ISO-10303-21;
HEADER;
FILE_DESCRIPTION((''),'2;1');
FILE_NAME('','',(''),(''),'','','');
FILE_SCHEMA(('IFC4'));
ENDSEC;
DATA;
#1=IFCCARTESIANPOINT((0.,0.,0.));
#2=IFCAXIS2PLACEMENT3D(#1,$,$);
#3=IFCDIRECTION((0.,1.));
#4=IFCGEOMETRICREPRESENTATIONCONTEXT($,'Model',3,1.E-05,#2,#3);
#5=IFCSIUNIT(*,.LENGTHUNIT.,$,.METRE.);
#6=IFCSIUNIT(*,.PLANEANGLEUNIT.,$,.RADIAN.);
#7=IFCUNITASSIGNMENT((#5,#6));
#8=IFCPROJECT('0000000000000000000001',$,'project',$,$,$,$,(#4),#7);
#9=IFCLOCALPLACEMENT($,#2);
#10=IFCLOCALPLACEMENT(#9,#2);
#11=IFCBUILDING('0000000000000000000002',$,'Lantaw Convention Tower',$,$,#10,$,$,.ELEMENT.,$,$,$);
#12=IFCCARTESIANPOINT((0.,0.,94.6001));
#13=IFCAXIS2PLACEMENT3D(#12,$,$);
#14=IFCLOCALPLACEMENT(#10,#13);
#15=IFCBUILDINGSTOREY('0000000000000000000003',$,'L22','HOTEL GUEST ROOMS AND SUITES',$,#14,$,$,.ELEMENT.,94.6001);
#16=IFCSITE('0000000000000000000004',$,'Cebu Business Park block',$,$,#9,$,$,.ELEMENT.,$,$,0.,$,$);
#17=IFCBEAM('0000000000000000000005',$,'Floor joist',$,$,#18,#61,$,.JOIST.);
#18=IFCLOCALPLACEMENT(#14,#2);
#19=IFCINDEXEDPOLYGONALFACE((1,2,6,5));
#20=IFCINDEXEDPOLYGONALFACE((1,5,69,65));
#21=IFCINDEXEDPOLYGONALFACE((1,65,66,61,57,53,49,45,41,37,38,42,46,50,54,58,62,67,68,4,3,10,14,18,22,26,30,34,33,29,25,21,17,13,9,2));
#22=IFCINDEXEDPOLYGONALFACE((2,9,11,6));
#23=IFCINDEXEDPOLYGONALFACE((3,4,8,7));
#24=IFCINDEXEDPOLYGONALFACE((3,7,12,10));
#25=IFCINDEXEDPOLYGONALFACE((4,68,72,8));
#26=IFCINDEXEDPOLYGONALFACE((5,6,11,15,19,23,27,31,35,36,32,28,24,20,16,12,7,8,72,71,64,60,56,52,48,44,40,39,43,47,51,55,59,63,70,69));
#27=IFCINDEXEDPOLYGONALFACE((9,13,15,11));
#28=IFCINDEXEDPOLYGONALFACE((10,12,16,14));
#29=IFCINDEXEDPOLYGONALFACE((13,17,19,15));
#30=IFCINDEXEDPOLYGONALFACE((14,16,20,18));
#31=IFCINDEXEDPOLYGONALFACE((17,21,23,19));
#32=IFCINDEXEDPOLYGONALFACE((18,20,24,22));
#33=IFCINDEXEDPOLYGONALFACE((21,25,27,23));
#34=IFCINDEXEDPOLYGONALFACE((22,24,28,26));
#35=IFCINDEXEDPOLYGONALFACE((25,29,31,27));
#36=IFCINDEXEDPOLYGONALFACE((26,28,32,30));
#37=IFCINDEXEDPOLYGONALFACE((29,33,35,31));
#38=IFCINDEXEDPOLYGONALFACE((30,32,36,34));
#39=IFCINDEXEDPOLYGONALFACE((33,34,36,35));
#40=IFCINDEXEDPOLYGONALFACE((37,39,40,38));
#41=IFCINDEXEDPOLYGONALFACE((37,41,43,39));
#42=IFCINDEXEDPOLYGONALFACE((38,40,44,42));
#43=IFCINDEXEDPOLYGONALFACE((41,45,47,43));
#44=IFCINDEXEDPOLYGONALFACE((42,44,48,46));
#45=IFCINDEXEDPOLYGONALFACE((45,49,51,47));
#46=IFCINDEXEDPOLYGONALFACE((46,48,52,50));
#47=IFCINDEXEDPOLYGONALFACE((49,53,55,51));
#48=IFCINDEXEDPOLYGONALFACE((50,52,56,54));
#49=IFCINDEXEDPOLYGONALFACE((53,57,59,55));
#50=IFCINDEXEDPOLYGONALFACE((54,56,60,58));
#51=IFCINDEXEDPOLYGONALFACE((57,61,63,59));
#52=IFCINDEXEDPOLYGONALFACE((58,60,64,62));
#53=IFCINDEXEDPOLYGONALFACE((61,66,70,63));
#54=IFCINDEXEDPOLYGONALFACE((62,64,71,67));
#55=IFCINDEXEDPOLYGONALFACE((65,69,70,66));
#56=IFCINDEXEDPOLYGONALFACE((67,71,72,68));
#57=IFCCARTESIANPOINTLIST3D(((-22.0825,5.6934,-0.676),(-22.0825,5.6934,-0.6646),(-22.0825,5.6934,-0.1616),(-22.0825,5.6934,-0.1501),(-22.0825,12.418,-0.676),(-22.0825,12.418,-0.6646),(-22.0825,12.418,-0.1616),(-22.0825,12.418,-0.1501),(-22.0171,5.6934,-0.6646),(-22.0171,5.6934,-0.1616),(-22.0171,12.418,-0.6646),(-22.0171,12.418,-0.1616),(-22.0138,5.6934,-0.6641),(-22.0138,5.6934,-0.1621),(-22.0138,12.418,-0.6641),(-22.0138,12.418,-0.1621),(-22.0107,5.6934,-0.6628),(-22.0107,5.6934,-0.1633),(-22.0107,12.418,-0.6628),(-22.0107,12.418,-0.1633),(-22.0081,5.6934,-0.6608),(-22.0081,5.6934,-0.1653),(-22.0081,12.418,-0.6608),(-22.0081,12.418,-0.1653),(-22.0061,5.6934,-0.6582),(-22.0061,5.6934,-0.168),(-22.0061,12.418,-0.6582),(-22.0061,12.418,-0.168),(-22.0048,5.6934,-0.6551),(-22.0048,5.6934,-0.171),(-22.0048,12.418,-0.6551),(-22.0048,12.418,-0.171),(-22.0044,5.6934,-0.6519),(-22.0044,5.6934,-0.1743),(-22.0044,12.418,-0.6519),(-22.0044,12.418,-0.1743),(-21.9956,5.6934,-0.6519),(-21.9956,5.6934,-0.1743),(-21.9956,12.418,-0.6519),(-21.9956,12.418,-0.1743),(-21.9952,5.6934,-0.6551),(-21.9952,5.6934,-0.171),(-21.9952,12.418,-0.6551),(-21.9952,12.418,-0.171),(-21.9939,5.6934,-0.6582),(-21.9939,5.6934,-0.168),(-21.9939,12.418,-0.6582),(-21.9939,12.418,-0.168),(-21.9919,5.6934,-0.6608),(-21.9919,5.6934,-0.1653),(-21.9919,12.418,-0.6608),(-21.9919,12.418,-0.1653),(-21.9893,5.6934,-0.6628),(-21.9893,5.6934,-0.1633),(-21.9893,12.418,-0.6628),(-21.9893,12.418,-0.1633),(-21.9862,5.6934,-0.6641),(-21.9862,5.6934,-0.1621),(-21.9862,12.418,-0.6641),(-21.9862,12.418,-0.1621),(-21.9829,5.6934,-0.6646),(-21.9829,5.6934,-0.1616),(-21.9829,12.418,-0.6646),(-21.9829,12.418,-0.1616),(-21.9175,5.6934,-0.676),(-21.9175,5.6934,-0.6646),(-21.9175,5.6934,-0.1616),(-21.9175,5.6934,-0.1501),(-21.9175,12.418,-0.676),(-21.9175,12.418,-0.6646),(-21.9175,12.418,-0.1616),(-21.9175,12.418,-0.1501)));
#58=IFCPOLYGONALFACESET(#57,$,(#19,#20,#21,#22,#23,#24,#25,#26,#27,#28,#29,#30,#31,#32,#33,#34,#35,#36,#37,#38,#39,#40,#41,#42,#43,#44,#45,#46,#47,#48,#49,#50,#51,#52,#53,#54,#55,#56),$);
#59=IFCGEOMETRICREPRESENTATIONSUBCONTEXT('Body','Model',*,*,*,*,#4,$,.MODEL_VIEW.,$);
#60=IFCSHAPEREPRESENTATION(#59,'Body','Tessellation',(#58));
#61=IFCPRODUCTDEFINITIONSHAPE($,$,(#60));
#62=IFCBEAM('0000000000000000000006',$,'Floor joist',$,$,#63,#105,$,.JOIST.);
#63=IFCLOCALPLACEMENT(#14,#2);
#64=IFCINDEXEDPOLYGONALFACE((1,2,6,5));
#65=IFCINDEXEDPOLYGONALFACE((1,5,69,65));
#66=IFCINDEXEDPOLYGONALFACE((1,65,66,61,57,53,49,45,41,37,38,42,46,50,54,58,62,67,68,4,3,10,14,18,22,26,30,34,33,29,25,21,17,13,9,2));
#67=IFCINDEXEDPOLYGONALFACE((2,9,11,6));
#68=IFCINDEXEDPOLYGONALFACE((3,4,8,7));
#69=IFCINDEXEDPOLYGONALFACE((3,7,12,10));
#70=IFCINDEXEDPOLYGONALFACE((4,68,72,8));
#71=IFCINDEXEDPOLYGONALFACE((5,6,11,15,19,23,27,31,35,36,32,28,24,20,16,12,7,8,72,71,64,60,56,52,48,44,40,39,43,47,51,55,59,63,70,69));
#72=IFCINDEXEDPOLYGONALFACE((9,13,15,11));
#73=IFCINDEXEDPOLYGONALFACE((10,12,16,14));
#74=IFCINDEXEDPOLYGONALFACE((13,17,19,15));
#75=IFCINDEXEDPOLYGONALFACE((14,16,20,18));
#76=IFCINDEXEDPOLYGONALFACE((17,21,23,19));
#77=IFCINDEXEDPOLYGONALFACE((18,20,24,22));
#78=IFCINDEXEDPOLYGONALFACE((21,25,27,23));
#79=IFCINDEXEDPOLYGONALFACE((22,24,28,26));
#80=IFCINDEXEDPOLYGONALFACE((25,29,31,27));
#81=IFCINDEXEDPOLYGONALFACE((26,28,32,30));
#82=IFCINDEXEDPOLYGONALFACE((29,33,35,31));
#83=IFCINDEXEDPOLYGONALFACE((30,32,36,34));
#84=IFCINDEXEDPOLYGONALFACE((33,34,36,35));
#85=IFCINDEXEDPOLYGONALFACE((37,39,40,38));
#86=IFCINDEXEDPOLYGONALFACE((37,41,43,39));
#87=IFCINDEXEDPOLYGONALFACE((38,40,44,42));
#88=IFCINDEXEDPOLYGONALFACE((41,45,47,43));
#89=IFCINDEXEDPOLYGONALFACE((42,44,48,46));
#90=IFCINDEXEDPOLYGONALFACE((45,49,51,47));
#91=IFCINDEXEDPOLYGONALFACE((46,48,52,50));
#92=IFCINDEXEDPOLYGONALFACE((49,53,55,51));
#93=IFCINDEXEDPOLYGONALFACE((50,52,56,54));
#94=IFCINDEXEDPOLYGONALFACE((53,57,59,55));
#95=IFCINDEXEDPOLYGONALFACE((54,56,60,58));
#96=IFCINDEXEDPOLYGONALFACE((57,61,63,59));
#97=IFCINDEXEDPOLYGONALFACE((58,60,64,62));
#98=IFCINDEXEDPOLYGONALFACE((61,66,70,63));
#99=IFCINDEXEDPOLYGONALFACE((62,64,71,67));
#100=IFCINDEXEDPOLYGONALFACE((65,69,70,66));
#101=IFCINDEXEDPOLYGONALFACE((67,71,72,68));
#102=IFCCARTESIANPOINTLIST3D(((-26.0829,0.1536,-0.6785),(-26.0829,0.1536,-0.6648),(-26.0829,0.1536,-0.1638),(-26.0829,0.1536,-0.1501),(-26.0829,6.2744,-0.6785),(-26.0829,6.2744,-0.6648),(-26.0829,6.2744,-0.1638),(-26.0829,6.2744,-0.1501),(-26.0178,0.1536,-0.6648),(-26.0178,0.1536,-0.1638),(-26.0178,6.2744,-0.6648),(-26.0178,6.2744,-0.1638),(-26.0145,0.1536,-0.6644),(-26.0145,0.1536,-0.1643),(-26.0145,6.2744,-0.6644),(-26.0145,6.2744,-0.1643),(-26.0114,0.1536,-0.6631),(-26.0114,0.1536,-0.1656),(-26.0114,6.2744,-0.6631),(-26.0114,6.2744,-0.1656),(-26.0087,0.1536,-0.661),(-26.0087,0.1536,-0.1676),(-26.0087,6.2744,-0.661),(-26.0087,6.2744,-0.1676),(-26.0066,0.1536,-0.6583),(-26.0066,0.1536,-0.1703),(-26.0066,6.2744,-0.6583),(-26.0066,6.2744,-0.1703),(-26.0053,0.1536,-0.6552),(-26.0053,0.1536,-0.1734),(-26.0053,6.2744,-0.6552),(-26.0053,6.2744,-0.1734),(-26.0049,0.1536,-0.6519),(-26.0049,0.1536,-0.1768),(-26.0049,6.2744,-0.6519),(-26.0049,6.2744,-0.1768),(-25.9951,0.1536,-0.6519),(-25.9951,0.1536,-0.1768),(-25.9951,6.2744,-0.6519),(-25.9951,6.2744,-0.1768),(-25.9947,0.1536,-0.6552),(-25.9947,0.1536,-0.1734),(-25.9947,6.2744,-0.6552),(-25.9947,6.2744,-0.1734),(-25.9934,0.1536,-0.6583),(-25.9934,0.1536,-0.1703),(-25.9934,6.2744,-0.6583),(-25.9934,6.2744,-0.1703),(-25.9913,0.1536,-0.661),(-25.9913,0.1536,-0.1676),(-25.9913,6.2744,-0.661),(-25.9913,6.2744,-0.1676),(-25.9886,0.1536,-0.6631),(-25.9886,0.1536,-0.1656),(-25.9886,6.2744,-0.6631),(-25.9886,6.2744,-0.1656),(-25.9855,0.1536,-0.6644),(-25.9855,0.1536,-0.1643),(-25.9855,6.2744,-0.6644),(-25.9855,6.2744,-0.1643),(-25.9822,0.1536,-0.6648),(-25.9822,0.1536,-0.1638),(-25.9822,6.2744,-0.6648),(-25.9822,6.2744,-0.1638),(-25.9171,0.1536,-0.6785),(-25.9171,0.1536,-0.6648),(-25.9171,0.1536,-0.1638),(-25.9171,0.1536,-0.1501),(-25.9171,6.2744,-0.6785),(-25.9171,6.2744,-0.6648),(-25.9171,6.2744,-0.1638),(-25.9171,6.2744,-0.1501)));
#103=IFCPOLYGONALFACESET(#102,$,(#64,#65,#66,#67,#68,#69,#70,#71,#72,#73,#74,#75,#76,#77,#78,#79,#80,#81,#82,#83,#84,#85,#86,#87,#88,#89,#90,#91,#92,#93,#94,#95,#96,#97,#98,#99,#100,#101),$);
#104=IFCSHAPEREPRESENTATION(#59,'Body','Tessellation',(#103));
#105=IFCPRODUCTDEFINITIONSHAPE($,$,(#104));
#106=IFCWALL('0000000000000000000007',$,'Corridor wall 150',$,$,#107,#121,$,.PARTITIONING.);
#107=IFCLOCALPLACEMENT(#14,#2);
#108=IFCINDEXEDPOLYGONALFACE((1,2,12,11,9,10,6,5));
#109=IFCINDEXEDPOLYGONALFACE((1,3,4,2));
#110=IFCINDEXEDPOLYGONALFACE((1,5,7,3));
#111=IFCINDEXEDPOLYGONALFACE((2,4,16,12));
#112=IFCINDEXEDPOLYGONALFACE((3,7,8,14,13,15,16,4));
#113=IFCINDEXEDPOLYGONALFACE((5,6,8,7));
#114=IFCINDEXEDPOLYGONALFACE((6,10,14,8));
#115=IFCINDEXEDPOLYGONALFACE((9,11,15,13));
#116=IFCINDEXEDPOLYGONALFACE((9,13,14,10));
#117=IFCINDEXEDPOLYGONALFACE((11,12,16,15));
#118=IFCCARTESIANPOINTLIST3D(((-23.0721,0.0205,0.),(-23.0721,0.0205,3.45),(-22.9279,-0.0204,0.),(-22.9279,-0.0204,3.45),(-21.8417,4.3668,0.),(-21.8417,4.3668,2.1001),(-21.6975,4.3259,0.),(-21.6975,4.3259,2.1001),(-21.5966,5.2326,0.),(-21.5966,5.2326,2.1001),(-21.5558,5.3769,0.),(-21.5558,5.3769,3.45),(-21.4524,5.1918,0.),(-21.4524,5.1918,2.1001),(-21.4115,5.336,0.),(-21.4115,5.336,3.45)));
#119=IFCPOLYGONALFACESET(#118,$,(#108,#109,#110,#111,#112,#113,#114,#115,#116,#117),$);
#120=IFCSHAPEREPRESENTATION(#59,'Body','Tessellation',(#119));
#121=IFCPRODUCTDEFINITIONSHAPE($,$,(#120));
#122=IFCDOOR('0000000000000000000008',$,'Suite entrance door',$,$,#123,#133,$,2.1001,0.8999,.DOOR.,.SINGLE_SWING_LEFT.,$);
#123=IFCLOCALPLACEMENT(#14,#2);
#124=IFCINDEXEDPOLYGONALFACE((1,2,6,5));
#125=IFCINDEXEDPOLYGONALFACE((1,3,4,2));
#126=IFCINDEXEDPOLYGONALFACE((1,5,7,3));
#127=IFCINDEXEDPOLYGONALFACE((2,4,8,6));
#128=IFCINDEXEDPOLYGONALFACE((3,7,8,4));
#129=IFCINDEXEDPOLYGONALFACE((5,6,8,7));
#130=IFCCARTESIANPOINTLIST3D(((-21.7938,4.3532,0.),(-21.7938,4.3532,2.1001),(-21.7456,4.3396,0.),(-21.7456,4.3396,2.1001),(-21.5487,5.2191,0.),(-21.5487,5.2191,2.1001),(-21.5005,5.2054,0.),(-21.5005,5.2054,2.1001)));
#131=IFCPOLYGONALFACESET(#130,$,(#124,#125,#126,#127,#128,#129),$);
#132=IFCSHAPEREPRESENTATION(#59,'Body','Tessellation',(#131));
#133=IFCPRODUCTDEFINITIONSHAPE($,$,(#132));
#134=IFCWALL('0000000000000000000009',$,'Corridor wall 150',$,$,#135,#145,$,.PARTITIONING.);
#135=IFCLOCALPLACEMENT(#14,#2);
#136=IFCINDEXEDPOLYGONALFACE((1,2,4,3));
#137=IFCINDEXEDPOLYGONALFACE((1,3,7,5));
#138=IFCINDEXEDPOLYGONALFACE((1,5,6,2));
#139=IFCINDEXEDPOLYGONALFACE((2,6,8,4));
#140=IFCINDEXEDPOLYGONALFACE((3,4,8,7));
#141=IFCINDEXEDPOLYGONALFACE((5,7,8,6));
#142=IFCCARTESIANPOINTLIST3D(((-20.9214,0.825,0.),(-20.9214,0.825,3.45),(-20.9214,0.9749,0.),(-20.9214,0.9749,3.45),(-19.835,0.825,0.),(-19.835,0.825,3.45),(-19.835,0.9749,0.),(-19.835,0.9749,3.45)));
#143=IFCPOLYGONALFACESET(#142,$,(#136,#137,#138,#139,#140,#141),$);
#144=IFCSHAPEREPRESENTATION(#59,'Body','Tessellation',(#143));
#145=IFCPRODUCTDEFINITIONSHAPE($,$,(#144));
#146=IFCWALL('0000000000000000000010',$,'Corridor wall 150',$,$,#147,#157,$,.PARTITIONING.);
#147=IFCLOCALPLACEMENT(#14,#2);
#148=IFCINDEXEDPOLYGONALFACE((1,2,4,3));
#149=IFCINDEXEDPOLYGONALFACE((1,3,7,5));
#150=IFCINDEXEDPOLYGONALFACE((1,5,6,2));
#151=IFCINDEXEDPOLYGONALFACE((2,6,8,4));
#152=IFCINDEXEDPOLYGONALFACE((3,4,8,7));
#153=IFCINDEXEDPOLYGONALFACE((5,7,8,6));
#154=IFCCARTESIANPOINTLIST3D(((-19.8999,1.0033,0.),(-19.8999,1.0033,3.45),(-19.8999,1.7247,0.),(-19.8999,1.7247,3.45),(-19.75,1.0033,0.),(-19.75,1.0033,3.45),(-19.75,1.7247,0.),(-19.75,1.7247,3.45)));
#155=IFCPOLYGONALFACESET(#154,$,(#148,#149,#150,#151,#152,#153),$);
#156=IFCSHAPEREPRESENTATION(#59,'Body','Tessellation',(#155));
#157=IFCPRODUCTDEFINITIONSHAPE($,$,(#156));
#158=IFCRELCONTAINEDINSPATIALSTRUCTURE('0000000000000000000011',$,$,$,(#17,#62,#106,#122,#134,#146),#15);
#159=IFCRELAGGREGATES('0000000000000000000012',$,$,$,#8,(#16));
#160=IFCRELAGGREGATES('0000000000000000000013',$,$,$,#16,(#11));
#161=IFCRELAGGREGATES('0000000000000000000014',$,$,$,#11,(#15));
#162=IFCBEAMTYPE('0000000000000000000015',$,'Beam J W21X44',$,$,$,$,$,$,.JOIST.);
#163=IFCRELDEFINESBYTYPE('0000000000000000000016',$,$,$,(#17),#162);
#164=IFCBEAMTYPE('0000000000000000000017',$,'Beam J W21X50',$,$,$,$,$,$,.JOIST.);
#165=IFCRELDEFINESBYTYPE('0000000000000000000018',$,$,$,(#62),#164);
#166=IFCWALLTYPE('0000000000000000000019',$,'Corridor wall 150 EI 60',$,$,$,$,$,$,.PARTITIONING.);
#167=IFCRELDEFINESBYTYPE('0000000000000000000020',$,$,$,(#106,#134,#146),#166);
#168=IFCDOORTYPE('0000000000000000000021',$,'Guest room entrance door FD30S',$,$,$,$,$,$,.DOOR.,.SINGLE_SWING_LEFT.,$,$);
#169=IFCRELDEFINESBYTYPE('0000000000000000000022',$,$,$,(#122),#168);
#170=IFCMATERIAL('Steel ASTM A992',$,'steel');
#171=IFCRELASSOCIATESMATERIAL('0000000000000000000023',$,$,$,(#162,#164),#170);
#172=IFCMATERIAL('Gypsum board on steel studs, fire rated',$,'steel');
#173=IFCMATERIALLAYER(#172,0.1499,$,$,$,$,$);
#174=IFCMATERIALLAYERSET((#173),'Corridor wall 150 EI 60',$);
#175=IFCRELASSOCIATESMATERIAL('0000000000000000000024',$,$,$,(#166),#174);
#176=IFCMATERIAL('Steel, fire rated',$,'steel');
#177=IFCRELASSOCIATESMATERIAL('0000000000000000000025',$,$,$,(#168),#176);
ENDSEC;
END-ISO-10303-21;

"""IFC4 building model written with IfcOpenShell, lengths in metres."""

from ifc_helpers import new_model, si_unit, direction, frame, frame_2d, origin, origin_2d, place, context, subcontext, project, spatial, rectangle, i_section, extrude, material, layer, layer_set, material_profile, profile_set, type_object, element, fill, save


model = new_model("IFC4")

# Units and contexts
model_context = context("Model", 3, precision=1e-05, world=origin(), true_north=direction((0.0, 1.0)))
body_context = subcontext(model_context, "Body", "Model", "MODEL_VIEW")
ifc_project = project(units=[si_unit("LENGTHUNIT", "METRE"), si_unit("PLANEANGLEUNIT", "RADIAN")], contexts=[model_context])

# Site, building, storey
site_placement = place(None, origin())
site = spatial("IfcSite", under=ifc_project, at=site_placement, Name="Cebu Business Park block", CompositionType="ELEMENT", RefElevation=0.0)
building_placement = place(site_placement, origin())
building = spatial("IfcBuilding", under=site, at=building_placement, Name="Lantaw Convention Tower", CompositionType="ELEMENT")
storey_placement = place(building_placement, frame((0.0, 0.0, 94.6001)))
storey = spatial("IfcBuildingStorey", under=building, at=storey_placement, Name="L22", Description="HOTEL GUEST ROOMS AND SUITES", CompositionType="ELEMENT", Elevation=94.6001)

# Beams
ifc_material_1 = material(Name="Steel ASTM A992", Category="steel")
ifc_material_profile_1 = material_profile(ifc_material_1, i_section(OverallWidth=0.165, OverallDepth=0.5259, WebThickness=0.0088, FlangeThickness=0.0115, FilletRadius=0.0127, at=origin_2d()), Name="W21X44")
ifc_profile_set_1 = profile_set([ifc_material_profile_1], Name="Steel ASTM A992")
beam_type_1 = type_object("IfcBeamType", Name="Beam J W21X44", PredefinedType="JOIST", material=ifc_profile_set_1)
beam_1_placement = place(storey_placement, frame((-22.0, 5.6934, -0.4131), z_axis=(0.0, 1.0, 0.0), x_axis=(-1.0, 0.0, 0.0)))
element("IfcBeam", 1, at=beam_1_placement, inside=storey, type_object=beam_type_1, Name="Floor joist", PredefinedType="JOIST", context=body_context, shape_type="SweptSolid", body=[
    extrude(i_section(OverallWidth=0.165, OverallDepth=0.5259, WebThickness=0.0088, FlangeThickness=0.0115, FilletRadius=0.0127, at=origin_2d()), origin(), (0.0, 0.0, 1.0), 6.7246),
])
ifc_material_profile_2 = material_profile(ifc_material_1, i_section(OverallWidth=0.1658, OverallDepth=0.5283, WebThickness=0.0098, FlangeThickness=0.0137, FilletRadius=0.0129, at=origin_2d()), Name="W21X50")
ifc_profile_set_2 = profile_set([ifc_material_profile_2], Name="Steel ASTM A992")
beam_type_2 = type_object("IfcBeamType", Name="Beam J W21X50", PredefinedType="JOIST", material=ifc_profile_set_2)
beam_2_placement = place(storey_placement, frame((-26.0, 0.1536, -0.4143), z_axis=(0.0, 1.0, 0.0), x_axis=(-1.0, 0.0, 0.0)))
element("IfcBeam", 2, at=beam_2_placement, inside=storey, type_object=beam_type_2, Name="Floor joist", PredefinedType="JOIST", context=body_context, shape_type="SweptSolid", body=[
    extrude(i_section(OverallWidth=0.1658, OverallDepth=0.5283, WebThickness=0.0098, FlangeThickness=0.0137, FilletRadius=0.0129, at=origin_2d()), origin(), (0.0, 0.0, 1.0), 6.1208),
])

# Wall, opening, door
ifc_material_2 = material(Name="Gypsum board on steel studs, fire rated", Category="steel")
ifc_layer_1 = layer(ifc_material_2, 0.1499)
ifc_layer_set_1 = layer_set([ifc_layer_1], Name="Corridor wall 150 EI 60")
wall_type_1 = type_object("IfcWallType", Name="Corridor wall 150 EI 60", PredefinedType="PARTITIONING", material=ifc_layer_set_1)
wall_1_placement = place(storey_placement, frame((-21.4836, 5.3564, 0.0), z_axis=(0.0, 0.0, 1.0), x_axis=(-0.272386, -0.962188, 0.0)))
wall_1 = element("IfcWall", 3, at=wall_1_placement, inside=storey, type_object=wall_type_1, Name="Corridor wall 150", PredefinedType="PARTITIONING", context=body_context, shape_type="SweptSolid", body=[
    extrude(rectangle(XDim=5.5669, YDim=0.1499, at=frame_2d((2.7834, 0.0))), origin(), (0.0, 0.0, 1.0), 3.45),
])
opening_1_placement = place(wall_1_placement, frame((0.1499, 0.0, 0.0)))
opening_1 = element("IfcOpeningElement", 4, at=opening_1_placement, cuts=wall_1, PredefinedType="OPENING", context=body_context, shape_type="SweptSolid", body=[
    extrude(rectangle(XDim=0.8999, YDim=2.1001, at=frame_2d((0.45, 1.05))), frame((0.0, 0.085, 0.0), z_axis=(0.0, -1.0, 0.0), x_axis=(1.0, 0.0, 0.0)), (0.0, 0.0, 1.0), 0.1699),
])
ifc_material_3 = material(Name="Steel, fire rated", Category="steel")
door_type_1 = type_object("IfcDoorType", Name="Guest room entrance door FD30S", OperationType="SINGLE_SWING_LEFT", PredefinedType="DOOR", material=ifc_material_3)
door_1_placement = place(opening_1_placement, origin())
door_1 = element("IfcDoor", 5, at=door_1_placement, inside=storey, type_object=door_type_1, Name="Suite entrance door", OperationType="SINGLE_SWING_LEFT", OverallHeight=2.1001, OverallWidth=0.8999, PredefinedType="DOOR", context=body_context, shape_type="SweptSolid", body=[
    extrude(rectangle(XDim=0.8999, YDim=2.1001, at=frame_2d((0.45, 1.05))), frame((0.0, 0.0249, 0.0), z_axis=(0.0, -1.0, 0.0), x_axis=(1.0, 0.0, 0.0)), (0.0, 0.0, 1.0), 0.05),
])
fill(opening_1, door_1)

# Walls
wall_2_placement = place(storey_placement, frame((-19.835, 0.8999, 0.0), z_axis=(0.0, 0.0, 1.0), x_axis=(-1.0, 0.0, 0.0)))
element("IfcWall", 6, at=wall_2_placement, inside=storey, type_object=wall_type_1, Name="Corridor wall 150", PredefinedType="PARTITIONING", context=body_context, shape_type="SweptSolid", body=[
    extrude(rectangle(XDim=1.0864, YDim=0.1499, at=frame_2d((0.5432, 0.0))), origin(), (0.0, 0.0, 1.0), 3.45),
])
wall_3_placement = place(storey_placement, frame((-19.825, 1.0032, 0.0), z_axis=(0.0, 0.0, 1.0), x_axis=(0.0, 1.0, 0.0)))
element("IfcWall", 7, at=wall_3_placement, inside=storey, type_object=wall_type_1, Name="Corridor wall 150", PredefinedType="PARTITIONING", context=body_context, shape_type="SweptSolid", body=[
    extrude(rectangle(XDim=0.7214, YDim=0.1499, at=frame_2d((0.3608, 0.0))), origin(), (0.0, 0.0, 1.0), 3.45),
])

save(model, "model.ifc")
